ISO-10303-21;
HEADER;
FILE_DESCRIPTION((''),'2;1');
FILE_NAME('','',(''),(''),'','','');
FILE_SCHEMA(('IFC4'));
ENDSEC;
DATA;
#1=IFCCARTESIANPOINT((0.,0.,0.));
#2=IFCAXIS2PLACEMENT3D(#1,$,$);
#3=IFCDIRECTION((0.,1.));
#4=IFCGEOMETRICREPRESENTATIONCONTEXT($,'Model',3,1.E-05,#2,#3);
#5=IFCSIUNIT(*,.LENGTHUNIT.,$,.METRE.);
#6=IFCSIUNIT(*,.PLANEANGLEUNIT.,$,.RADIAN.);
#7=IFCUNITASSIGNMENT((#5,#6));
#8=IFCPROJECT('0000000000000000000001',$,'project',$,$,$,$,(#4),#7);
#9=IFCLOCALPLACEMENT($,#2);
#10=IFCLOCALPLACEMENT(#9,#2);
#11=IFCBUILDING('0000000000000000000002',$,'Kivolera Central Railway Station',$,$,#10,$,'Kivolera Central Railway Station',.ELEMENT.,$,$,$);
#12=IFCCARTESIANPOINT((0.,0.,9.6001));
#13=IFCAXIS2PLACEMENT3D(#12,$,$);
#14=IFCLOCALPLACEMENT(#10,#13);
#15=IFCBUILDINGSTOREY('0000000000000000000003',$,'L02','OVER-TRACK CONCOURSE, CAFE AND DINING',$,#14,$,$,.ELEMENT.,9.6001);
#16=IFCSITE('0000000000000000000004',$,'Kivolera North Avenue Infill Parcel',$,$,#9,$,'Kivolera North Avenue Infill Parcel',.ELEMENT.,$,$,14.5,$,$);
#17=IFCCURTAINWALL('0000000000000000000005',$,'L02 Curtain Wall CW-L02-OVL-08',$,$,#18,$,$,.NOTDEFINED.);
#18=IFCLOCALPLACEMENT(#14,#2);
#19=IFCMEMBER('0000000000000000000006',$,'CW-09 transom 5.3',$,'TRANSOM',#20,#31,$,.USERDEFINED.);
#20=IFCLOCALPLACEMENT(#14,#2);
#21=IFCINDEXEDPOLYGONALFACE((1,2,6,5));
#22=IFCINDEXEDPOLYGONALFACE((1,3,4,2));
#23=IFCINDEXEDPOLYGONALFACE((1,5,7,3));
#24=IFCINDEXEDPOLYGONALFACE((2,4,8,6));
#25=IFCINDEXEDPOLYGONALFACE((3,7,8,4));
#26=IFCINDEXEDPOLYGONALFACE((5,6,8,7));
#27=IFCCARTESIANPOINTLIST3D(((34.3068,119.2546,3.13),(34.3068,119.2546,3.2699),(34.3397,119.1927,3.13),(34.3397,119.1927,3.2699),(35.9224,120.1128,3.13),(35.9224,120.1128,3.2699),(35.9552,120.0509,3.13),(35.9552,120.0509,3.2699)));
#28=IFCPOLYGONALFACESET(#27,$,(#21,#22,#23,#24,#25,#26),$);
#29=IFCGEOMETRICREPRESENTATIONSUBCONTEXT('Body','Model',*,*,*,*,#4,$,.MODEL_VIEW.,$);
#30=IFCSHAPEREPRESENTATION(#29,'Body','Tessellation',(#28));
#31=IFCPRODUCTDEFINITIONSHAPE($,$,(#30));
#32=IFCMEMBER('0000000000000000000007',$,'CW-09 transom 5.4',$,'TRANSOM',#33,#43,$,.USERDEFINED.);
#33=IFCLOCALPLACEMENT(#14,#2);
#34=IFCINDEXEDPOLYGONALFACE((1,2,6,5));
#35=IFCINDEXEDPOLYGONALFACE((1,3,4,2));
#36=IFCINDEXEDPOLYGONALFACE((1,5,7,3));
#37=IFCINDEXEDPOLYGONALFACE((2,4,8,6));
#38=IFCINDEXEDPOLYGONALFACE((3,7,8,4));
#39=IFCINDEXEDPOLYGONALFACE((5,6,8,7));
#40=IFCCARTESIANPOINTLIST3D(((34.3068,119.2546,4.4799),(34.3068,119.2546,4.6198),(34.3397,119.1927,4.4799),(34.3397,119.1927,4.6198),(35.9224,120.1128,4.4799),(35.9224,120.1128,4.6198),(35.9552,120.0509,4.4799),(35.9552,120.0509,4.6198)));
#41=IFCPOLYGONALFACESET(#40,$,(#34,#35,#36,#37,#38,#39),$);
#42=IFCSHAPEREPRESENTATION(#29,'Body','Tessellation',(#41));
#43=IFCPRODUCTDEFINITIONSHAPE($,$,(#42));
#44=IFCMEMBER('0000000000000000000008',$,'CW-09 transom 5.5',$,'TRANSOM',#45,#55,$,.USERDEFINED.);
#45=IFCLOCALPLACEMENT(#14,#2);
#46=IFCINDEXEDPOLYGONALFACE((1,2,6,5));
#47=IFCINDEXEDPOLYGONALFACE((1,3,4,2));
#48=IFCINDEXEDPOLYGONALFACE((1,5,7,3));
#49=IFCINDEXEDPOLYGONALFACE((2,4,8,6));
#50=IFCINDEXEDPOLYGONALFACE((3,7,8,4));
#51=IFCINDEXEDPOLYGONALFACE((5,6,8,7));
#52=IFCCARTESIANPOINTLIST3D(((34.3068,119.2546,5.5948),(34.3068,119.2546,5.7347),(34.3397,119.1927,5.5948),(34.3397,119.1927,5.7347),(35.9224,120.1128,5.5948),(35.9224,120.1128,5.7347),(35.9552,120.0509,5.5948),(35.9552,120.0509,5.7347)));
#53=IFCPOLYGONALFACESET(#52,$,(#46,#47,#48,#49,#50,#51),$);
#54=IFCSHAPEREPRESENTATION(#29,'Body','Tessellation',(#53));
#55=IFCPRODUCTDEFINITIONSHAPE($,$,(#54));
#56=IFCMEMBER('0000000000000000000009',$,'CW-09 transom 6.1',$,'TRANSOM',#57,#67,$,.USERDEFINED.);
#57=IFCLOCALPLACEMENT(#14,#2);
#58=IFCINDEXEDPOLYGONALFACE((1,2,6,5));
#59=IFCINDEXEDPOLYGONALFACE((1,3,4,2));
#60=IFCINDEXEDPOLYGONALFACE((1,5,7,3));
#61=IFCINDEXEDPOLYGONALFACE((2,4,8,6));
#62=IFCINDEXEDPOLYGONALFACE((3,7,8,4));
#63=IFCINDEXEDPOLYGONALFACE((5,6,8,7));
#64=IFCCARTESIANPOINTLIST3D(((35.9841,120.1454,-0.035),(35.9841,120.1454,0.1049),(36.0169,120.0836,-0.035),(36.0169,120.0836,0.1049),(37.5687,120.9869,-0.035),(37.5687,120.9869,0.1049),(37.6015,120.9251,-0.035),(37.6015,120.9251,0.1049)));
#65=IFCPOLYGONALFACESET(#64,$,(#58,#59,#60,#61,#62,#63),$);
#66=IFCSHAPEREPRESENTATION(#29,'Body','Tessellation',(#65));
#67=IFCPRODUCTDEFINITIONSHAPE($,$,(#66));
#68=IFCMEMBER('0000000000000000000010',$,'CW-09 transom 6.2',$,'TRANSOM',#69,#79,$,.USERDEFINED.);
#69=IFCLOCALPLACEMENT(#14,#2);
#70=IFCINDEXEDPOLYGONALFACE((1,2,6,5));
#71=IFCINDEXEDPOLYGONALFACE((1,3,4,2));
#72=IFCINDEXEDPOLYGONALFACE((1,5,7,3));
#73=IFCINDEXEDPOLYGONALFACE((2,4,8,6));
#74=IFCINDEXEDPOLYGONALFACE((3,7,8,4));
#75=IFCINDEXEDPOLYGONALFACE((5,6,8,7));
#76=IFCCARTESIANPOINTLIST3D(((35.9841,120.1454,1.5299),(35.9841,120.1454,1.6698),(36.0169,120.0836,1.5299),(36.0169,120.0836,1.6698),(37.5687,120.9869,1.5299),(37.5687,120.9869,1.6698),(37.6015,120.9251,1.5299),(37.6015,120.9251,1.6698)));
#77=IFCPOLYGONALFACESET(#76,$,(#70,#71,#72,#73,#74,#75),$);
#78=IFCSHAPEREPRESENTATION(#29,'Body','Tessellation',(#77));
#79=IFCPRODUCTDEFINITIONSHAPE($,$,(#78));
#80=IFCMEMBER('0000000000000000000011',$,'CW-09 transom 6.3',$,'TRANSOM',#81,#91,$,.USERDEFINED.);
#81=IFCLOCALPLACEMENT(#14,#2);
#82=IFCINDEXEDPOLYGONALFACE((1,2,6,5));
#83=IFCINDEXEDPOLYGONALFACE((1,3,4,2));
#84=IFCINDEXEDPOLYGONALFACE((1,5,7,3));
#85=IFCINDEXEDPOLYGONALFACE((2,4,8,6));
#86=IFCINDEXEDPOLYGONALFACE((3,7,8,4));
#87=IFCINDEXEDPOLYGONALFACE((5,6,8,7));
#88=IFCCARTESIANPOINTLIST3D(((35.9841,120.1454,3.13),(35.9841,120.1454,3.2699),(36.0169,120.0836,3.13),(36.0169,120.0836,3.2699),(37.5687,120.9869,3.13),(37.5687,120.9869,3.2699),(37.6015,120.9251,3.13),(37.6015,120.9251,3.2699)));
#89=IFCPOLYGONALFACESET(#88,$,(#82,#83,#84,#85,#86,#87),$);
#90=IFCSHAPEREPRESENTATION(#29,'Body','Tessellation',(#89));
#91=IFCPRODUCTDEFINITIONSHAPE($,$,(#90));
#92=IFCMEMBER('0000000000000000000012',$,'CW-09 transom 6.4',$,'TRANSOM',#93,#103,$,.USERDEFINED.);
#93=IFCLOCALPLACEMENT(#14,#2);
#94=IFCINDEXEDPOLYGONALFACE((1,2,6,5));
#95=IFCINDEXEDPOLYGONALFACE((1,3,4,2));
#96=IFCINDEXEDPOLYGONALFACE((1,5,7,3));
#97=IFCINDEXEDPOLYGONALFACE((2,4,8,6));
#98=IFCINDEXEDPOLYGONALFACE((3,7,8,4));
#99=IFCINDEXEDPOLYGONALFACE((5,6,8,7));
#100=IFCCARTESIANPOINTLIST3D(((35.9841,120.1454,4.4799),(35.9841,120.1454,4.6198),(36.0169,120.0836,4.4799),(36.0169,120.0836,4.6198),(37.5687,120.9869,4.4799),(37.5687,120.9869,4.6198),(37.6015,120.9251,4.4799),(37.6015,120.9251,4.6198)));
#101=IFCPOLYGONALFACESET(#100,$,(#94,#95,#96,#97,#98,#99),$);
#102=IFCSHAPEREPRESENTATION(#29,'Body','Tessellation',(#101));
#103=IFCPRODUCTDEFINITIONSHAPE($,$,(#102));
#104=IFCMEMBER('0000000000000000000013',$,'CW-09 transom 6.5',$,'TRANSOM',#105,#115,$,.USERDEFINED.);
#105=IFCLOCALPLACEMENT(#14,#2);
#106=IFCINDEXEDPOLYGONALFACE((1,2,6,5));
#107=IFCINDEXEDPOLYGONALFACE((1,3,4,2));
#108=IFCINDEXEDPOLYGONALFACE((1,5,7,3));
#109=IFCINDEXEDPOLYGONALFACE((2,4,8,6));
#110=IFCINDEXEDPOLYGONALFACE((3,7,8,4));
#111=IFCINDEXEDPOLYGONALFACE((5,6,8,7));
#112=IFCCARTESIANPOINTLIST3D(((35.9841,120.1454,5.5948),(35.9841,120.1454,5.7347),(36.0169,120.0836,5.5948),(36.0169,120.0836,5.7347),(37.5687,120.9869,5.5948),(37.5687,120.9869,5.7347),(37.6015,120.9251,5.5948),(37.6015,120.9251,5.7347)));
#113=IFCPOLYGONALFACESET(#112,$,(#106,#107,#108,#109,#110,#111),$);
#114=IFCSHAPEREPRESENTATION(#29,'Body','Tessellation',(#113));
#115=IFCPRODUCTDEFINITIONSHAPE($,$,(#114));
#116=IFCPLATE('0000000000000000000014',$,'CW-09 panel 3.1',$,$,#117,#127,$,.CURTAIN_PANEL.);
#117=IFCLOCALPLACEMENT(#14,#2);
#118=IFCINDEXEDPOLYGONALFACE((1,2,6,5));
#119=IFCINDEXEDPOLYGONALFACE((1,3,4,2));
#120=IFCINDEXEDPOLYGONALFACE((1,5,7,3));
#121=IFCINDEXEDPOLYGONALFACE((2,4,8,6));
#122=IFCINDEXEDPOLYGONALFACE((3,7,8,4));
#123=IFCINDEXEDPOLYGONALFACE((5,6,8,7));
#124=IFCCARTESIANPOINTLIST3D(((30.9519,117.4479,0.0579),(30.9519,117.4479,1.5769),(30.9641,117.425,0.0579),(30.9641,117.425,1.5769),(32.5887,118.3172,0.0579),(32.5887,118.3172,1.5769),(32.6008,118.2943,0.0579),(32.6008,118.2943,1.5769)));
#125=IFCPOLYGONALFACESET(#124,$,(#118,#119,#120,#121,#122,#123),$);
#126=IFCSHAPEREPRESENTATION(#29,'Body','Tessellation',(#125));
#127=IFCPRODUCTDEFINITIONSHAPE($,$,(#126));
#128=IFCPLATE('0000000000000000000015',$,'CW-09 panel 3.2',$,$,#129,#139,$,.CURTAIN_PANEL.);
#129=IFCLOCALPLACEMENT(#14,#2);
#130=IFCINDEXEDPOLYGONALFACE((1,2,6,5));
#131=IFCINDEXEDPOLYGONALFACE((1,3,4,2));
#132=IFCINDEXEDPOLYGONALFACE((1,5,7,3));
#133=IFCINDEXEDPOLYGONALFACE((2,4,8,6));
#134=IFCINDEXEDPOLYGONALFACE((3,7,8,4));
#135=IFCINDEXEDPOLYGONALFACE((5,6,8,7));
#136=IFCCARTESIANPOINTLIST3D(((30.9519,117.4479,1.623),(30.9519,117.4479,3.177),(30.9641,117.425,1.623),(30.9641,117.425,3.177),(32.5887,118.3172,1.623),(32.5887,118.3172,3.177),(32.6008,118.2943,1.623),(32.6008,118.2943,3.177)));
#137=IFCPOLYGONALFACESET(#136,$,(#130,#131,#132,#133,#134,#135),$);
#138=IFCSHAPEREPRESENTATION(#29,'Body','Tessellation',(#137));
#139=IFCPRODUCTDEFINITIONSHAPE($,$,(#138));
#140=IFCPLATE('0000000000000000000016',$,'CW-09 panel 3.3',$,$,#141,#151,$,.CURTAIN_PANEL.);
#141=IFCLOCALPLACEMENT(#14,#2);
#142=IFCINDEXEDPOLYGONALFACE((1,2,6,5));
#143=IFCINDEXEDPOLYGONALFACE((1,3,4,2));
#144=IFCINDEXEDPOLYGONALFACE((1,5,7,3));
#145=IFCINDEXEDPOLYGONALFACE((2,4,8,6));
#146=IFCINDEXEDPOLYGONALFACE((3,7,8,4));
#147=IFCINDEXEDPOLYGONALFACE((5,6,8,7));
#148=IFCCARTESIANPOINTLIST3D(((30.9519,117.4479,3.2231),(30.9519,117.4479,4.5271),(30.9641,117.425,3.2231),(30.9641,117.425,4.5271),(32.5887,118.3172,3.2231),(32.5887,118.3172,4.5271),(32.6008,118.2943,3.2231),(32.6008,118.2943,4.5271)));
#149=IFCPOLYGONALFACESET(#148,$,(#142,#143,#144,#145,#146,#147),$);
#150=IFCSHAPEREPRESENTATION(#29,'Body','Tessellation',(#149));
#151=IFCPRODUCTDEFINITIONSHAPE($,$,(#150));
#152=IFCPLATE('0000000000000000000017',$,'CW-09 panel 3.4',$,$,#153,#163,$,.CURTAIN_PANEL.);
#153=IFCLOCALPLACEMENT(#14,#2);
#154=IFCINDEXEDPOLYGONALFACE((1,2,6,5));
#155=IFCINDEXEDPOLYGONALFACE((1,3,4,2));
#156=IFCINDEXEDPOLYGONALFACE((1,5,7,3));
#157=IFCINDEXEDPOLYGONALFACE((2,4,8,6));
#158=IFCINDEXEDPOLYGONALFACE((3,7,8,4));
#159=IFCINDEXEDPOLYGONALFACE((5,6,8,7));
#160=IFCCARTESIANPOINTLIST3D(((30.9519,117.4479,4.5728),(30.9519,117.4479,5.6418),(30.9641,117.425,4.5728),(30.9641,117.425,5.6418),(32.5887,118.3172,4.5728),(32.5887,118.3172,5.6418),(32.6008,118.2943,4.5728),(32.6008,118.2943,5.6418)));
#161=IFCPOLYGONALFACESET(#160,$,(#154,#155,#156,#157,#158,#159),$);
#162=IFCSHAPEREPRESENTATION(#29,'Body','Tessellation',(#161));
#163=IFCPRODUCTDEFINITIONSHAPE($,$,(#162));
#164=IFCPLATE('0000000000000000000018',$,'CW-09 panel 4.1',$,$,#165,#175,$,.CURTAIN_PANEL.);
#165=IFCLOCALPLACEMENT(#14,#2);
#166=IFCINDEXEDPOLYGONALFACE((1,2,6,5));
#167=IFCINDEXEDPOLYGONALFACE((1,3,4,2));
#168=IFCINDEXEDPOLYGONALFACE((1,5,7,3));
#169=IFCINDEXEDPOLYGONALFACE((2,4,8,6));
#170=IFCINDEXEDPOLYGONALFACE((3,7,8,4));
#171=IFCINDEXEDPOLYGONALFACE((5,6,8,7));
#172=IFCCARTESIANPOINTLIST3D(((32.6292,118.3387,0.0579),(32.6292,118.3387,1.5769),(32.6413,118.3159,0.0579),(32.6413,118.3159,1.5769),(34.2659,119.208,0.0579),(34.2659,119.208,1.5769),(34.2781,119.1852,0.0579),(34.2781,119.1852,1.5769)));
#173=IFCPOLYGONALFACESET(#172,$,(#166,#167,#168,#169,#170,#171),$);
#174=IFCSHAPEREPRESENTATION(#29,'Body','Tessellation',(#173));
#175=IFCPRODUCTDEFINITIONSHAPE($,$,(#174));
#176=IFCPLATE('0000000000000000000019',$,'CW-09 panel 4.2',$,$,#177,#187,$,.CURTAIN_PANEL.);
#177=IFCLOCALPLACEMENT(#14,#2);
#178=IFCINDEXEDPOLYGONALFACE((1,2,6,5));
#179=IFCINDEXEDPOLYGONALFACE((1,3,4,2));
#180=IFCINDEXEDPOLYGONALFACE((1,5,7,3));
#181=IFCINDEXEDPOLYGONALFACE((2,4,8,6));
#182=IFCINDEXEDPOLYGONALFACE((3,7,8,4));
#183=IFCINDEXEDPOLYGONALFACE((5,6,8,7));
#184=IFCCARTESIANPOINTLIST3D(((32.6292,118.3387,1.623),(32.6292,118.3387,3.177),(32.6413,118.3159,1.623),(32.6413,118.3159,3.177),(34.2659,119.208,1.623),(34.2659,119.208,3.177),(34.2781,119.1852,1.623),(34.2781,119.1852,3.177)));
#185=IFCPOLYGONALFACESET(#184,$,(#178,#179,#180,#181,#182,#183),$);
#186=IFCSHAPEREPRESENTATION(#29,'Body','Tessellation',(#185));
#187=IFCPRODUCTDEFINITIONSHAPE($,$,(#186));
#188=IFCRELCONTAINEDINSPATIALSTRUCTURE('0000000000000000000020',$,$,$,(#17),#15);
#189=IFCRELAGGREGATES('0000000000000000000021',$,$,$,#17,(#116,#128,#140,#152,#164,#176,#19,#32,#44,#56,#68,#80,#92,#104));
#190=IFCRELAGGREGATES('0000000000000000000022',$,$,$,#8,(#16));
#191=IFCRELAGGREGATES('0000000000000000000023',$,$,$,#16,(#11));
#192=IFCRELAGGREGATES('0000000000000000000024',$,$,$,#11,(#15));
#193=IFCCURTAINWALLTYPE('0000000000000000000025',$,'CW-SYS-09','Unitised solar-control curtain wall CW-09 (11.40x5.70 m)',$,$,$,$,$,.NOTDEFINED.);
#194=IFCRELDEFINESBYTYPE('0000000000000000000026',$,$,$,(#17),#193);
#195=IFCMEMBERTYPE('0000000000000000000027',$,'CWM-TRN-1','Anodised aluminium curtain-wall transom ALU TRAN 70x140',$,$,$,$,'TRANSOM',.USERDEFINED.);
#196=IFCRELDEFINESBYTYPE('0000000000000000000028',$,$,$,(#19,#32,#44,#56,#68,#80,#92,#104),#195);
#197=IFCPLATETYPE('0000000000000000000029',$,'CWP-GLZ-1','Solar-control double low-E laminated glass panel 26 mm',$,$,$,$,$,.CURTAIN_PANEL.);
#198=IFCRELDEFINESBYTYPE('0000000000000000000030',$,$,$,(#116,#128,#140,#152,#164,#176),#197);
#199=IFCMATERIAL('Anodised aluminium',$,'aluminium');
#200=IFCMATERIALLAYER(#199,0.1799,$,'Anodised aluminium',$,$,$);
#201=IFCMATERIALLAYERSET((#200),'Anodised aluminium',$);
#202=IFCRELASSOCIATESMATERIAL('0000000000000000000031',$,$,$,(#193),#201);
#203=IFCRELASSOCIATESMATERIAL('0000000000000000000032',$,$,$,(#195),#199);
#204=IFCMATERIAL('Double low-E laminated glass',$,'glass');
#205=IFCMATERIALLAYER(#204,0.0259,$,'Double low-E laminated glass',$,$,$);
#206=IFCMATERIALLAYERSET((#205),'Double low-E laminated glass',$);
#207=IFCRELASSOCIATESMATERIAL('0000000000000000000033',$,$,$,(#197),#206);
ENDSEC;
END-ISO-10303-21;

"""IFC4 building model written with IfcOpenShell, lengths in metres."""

from ifc_helpers import new_model, si_unit, direction, frame, origin, origin_2d, place, context, subcontext, project, spatial, rectangle, extrude, material, layer, layer_set, material_profile, profile_set, type_object, element, aggregate, save


model = new_model("IFC4")

# Units and contexts
model_context = context("Model", 3, precision=1e-05, world=origin(), true_north=direction((0.0, 1.0)))
body_context = subcontext(model_context, "Body", "Model", "MODEL_VIEW")
ifc_project = project(units=[si_unit("LENGTHUNIT", "METRE"), si_unit("PLANEANGLEUNIT", "RADIAN")], contexts=[model_context])

# Site, building, storey
site_placement = place(None, origin())
site = spatial("IfcSite", under=ifc_project, at=site_placement, Name="Kivolera North Avenue Infill Parcel", LongName="Kivolera North Avenue Infill Parcel", CompositionType="ELEMENT", RefElevation=14.5)
building_placement = place(site_placement, origin())
building = spatial("IfcBuilding", under=site, at=building_placement, Name="Kivolera Central Railway Station", LongName="Kivolera Central Railway Station", CompositionType="ELEMENT")
storey_placement = place(building_placement, frame((0.0, 0.0, 9.6001)))
storey = spatial("IfcBuildingStorey", under=building, at=storey_placement, Name="L02", Description="OVER-TRACK CONCOURSE, CAFE AND DINING", CompositionType="ELEMENT", Elevation=9.6001)

# Curtain wall, members, plates
ifc_material_1 = material(Name="Anodised aluminium", Category="aluminium")
ifc_layer_1 = layer(ifc_material_1, 0.1799, Name="Anodised aluminium")
ifc_layer_set_1 = layer_set([ifc_layer_1], Name="Anodised aluminium")
curtain_wall_type = type_object("IfcCurtainWallType", Name="CW-SYS-09", Description="Unitised solar-control curtain wall CW-09 (11.40x5.70 m)", PredefinedType="NOTDEFINED", material=ifc_layer_set_1)
curtain_wall_placement = place(storey_placement, origin())
curtain_wall = element("IfcCurtainWall", 1, at=curtain_wall_placement, inside=storey, type_object=curtain_wall_type, Name="L02 Curtain Wall CW-L02-OVL-08", PredefinedType="NOTDEFINED")
ifc_material_profile_1 = material_profile(ifc_material_1, rectangle(XDim=0.0701, YDim=0.1399, at=origin_2d()), Name="ALU TRAN 70x140")
ifc_profile_set_1 = profile_set([ifc_material_profile_1], Name="Anodised aluminium")
member_type_1 = type_object("IfcMemberType", Name="CWM-TRN-1", Description="Anodised aluminium curtain-wall transom ALU TRAN 70x140", ElementType="TRANSOM", PredefinedType="USERDEFINED", material=ifc_profile_set_1)
member_1_placement = place(storey_placement, frame((34.3232, 119.2236, 3.2), z_axis=(0.883131, 0.469126, 0.0), x_axis=(-0.469126, 0.883131, 0.0)))
member_1 = element("IfcMember", 2, at=member_1_placement, type_object=member_type_1, Name="CW-09 transom 5.3", ObjectType="TRANSOM", PredefinedType="USERDEFINED", context=body_context, shape_type="SweptSolid", body=[
    extrude(rectangle(XDim=0.0701, YDim=0.1399, at=origin_2d()), origin(), (0.0, 0.0, 1.0), 1.8293),
])
member_2_placement = place(storey_placement, frame((34.3232, 119.2236, 4.5498), z_axis=(0.883131, 0.469126, 0.0), x_axis=(-0.469126, 0.883131, 0.0)))
member_2 = element("IfcMember", 3, at=member_2_placement, type_object=member_type_1, Name="CW-09 transom 5.4", ObjectType="TRANSOM", PredefinedType="USERDEFINED", context=body_context, shape_type="SweptSolid", body=[
    extrude(rectangle(XDim=0.0701, YDim=0.1399, at=origin_2d()), origin(), (0.0, 0.0, 1.0), 1.8293),
])
member_3_placement = place(storey_placement, frame((34.3232, 119.2236, 5.6648), z_axis=(0.883131, 0.469126, 0.0), x_axis=(-0.469126, 0.883131, 0.0)))
member_3 = element("IfcMember", 4, at=member_3_placement, type_object=member_type_1, Name="CW-09 transom 5.5", ObjectType="TRANSOM", PredefinedType="USERDEFINED", context=body_context, shape_type="SweptSolid", body=[
    extrude(rectangle(XDim=0.0701, YDim=0.1399, at=origin_2d()), origin(), (0.0, 0.0, 1.0), 1.8293),
])
member_4_placement = place(storey_placement, frame((36.0005, 120.1145, 0.0349), z_axis=(0.883191, 0.469013, 0.0), x_axis=(-0.469013, 0.883191, 0.0)))
member_4 = element("IfcMember", 5, at=member_4_placement, type_object=member_type_1, Name="CW-09 transom 6.1", ObjectType="TRANSOM", PredefinedType="USERDEFINED", context=body_context, shape_type="SweptSolid", body=[
    extrude(rectangle(XDim=0.0701, YDim=0.1399, at=origin_2d()), origin(), (0.0, 0.0, 1.0), 1.7942),
])
member_5_placement = place(storey_placement, frame((36.0005, 120.1145, 1.5999), z_axis=(0.883191, 0.469013, 0.0), x_axis=(-0.469013, 0.883191, 0.0)))
member_5 = element("IfcMember", 6, at=member_5_placement, type_object=member_type_1, Name="CW-09 transom 6.2", ObjectType="TRANSOM", PredefinedType="USERDEFINED", context=body_context, shape_type="SweptSolid", body=[
    extrude(rectangle(XDim=0.0701, YDim=0.1399, at=origin_2d()), origin(), (0.0, 0.0, 1.0), 1.7942),
])
member_6_placement = place(storey_placement, frame((36.0005, 120.1145, 3.2), z_axis=(0.883191, 0.469013, 0.0), x_axis=(-0.469013, 0.883191, 0.0)))
member_6 = element("IfcMember", 7, at=member_6_placement, type_object=member_type_1, Name="CW-09 transom 6.3", ObjectType="TRANSOM", PredefinedType="USERDEFINED", context=body_context, shape_type="SweptSolid", body=[
    extrude(rectangle(XDim=0.0701, YDim=0.1399, at=origin_2d()), origin(), (0.0, 0.0, 1.0), 1.7942),
])
member_7_placement = place(storey_placement, frame((36.0005, 120.1145, 4.5498), z_axis=(0.883191, 0.469013, 0.0), x_axis=(-0.469013, 0.883191, 0.0)))
member_7 = element("IfcMember", 8, at=member_7_placement, type_object=member_type_1, Name="CW-09 transom 6.4", ObjectType="TRANSOM", PredefinedType="USERDEFINED", context=body_context, shape_type="SweptSolid", body=[
    extrude(rectangle(XDim=0.0701, YDim=0.1399, at=origin_2d()), origin(), (0.0, 0.0, 1.0), 1.7942),
])
member_8_placement = place(storey_placement, frame((36.0005, 120.1145, 5.6648), z_axis=(0.883191, 0.469013, 0.0), x_axis=(-0.469013, 0.883191, 0.0)))
member_8 = element("IfcMember", 9, at=member_8_placement, type_object=member_type_1, Name="CW-09 transom 6.5", ObjectType="TRANSOM", PredefinedType="USERDEFINED", context=body_context, shape_type="SweptSolid", body=[
    extrude(rectangle(XDim=0.0701, YDim=0.1399, at=origin_2d()), origin(), (0.0, 0.0, 1.0), 1.7942),
])
ifc_material_2 = material(Name="Double low-E laminated glass", Category="glass")
ifc_layer_2 = layer(ifc_material_2, 0.0259, Name="Double low-E laminated glass")
ifc_layer_set_2 = layer_set([ifc_layer_2], Name="Double low-E laminated glass")
plate_type = type_object("IfcPlateType", Name="CWP-GLZ-1", Description="Solar-control double low-E laminated glass panel 26 mm", PredefinedType="CURTAIN_PANEL", material=ifc_layer_set_2)
plate_1_placement = place(storey_placement, frame((31.7764, 117.8711, 0.0579), z_axis=(0.0, 0.0, 1.0), x_axis=(0.88317, 0.469053, 0.0)))
plate_1 = element("IfcPlate", 10, at=plate_1_placement, type_object=plate_type, Name="CW-09 panel 3.1", PredefinedType="CURTAIN_PANEL", context=body_context, shape_type="SweptSolid", body=[
    extrude(rectangle(XDim=1.8533, YDim=0.0259, at=origin_2d()), origin(), (0.0, 0.0, 1.0), 1.519),
])
plate_2_placement = place(storey_placement, frame((31.7764, 117.8711, 1.623), z_axis=(0.0, 0.0, 1.0), x_axis=(0.88317, 0.469053, 0.0)))
plate_2 = element("IfcPlate", 11, at=plate_2_placement, type_object=plate_type, Name="CW-09 panel 3.2", PredefinedType="CURTAIN_PANEL", context=body_context, shape_type="SweptSolid", body=[
    extrude(rectangle(XDim=1.8533, YDim=0.0259, at=origin_2d()), origin(), (0.0, 0.0, 1.0), 1.554),
])
plate_3_placement = place(storey_placement, frame((31.7764, 117.8711, 3.2231), z_axis=(0.0, 0.0, 1.0), x_axis=(0.88317, 0.469053, 0.0)))
plate_3 = element("IfcPlate", 12, at=plate_3_placement, type_object=plate_type, Name="CW-09 panel 3.3", PredefinedType="CURTAIN_PANEL", context=body_context, shape_type="SweptSolid", body=[
    extrude(rectangle(XDim=1.8533, YDim=0.0259, at=origin_2d()), origin(), (0.0, 0.0, 1.0), 1.304),
])
plate_4_placement = place(storey_placement, frame((31.7764, 117.8711, 4.5728), z_axis=(0.0, 0.0, 1.0), x_axis=(0.88317, 0.469053, 0.0)))
plate_4 = element("IfcPlate", 13, at=plate_4_placement, type_object=plate_type, Name="CW-09 panel 3.4", PredefinedType="CURTAIN_PANEL", context=body_context, shape_type="SweptSolid", body=[
    extrude(rectangle(XDim=1.8533, YDim=0.0259, at=origin_2d()), origin(), (0.0, 0.0, 1.0), 1.0691),
])
plate_5_placement = place(storey_placement, frame((33.4536, 118.762, 0.0579), z_axis=(0.0, 0.0, 1.0), x_axis=(0.88317, 0.469053, 0.0)))
plate_5 = element("IfcPlate", 14, at=plate_5_placement, type_object=plate_type, Name="CW-09 panel 4.1", PredefinedType="CURTAIN_PANEL", context=body_context, shape_type="SweptSolid", body=[
    extrude(rectangle(XDim=1.8533, YDim=0.0259, at=origin_2d()), origin(), (0.0, 0.0, 1.0), 1.519),
])
plate_6_placement = place(storey_placement, frame((33.4536, 118.762, 1.623), z_axis=(0.0, 0.0, 1.0), x_axis=(0.88317, 0.469053, 0.0)))
plate_6 = element("IfcPlate", 15, at=plate_6_placement, type_object=plate_type, Name="CW-09 panel 4.2", PredefinedType="CURTAIN_PANEL", context=body_context, shape_type="SweptSolid", body=[
    extrude(rectangle(XDim=1.8533, YDim=0.0259, at=origin_2d()), origin(), (0.0, 0.0, 1.0), 1.554),
])
aggregate(curtain_wall, [plate_1, plate_2, plate_3, plate_4, plate_5, plate_6, member_1, member_2, member_3, member_4, member_5, member_6, member_7, member_8])

save(model, "model.ifc")
